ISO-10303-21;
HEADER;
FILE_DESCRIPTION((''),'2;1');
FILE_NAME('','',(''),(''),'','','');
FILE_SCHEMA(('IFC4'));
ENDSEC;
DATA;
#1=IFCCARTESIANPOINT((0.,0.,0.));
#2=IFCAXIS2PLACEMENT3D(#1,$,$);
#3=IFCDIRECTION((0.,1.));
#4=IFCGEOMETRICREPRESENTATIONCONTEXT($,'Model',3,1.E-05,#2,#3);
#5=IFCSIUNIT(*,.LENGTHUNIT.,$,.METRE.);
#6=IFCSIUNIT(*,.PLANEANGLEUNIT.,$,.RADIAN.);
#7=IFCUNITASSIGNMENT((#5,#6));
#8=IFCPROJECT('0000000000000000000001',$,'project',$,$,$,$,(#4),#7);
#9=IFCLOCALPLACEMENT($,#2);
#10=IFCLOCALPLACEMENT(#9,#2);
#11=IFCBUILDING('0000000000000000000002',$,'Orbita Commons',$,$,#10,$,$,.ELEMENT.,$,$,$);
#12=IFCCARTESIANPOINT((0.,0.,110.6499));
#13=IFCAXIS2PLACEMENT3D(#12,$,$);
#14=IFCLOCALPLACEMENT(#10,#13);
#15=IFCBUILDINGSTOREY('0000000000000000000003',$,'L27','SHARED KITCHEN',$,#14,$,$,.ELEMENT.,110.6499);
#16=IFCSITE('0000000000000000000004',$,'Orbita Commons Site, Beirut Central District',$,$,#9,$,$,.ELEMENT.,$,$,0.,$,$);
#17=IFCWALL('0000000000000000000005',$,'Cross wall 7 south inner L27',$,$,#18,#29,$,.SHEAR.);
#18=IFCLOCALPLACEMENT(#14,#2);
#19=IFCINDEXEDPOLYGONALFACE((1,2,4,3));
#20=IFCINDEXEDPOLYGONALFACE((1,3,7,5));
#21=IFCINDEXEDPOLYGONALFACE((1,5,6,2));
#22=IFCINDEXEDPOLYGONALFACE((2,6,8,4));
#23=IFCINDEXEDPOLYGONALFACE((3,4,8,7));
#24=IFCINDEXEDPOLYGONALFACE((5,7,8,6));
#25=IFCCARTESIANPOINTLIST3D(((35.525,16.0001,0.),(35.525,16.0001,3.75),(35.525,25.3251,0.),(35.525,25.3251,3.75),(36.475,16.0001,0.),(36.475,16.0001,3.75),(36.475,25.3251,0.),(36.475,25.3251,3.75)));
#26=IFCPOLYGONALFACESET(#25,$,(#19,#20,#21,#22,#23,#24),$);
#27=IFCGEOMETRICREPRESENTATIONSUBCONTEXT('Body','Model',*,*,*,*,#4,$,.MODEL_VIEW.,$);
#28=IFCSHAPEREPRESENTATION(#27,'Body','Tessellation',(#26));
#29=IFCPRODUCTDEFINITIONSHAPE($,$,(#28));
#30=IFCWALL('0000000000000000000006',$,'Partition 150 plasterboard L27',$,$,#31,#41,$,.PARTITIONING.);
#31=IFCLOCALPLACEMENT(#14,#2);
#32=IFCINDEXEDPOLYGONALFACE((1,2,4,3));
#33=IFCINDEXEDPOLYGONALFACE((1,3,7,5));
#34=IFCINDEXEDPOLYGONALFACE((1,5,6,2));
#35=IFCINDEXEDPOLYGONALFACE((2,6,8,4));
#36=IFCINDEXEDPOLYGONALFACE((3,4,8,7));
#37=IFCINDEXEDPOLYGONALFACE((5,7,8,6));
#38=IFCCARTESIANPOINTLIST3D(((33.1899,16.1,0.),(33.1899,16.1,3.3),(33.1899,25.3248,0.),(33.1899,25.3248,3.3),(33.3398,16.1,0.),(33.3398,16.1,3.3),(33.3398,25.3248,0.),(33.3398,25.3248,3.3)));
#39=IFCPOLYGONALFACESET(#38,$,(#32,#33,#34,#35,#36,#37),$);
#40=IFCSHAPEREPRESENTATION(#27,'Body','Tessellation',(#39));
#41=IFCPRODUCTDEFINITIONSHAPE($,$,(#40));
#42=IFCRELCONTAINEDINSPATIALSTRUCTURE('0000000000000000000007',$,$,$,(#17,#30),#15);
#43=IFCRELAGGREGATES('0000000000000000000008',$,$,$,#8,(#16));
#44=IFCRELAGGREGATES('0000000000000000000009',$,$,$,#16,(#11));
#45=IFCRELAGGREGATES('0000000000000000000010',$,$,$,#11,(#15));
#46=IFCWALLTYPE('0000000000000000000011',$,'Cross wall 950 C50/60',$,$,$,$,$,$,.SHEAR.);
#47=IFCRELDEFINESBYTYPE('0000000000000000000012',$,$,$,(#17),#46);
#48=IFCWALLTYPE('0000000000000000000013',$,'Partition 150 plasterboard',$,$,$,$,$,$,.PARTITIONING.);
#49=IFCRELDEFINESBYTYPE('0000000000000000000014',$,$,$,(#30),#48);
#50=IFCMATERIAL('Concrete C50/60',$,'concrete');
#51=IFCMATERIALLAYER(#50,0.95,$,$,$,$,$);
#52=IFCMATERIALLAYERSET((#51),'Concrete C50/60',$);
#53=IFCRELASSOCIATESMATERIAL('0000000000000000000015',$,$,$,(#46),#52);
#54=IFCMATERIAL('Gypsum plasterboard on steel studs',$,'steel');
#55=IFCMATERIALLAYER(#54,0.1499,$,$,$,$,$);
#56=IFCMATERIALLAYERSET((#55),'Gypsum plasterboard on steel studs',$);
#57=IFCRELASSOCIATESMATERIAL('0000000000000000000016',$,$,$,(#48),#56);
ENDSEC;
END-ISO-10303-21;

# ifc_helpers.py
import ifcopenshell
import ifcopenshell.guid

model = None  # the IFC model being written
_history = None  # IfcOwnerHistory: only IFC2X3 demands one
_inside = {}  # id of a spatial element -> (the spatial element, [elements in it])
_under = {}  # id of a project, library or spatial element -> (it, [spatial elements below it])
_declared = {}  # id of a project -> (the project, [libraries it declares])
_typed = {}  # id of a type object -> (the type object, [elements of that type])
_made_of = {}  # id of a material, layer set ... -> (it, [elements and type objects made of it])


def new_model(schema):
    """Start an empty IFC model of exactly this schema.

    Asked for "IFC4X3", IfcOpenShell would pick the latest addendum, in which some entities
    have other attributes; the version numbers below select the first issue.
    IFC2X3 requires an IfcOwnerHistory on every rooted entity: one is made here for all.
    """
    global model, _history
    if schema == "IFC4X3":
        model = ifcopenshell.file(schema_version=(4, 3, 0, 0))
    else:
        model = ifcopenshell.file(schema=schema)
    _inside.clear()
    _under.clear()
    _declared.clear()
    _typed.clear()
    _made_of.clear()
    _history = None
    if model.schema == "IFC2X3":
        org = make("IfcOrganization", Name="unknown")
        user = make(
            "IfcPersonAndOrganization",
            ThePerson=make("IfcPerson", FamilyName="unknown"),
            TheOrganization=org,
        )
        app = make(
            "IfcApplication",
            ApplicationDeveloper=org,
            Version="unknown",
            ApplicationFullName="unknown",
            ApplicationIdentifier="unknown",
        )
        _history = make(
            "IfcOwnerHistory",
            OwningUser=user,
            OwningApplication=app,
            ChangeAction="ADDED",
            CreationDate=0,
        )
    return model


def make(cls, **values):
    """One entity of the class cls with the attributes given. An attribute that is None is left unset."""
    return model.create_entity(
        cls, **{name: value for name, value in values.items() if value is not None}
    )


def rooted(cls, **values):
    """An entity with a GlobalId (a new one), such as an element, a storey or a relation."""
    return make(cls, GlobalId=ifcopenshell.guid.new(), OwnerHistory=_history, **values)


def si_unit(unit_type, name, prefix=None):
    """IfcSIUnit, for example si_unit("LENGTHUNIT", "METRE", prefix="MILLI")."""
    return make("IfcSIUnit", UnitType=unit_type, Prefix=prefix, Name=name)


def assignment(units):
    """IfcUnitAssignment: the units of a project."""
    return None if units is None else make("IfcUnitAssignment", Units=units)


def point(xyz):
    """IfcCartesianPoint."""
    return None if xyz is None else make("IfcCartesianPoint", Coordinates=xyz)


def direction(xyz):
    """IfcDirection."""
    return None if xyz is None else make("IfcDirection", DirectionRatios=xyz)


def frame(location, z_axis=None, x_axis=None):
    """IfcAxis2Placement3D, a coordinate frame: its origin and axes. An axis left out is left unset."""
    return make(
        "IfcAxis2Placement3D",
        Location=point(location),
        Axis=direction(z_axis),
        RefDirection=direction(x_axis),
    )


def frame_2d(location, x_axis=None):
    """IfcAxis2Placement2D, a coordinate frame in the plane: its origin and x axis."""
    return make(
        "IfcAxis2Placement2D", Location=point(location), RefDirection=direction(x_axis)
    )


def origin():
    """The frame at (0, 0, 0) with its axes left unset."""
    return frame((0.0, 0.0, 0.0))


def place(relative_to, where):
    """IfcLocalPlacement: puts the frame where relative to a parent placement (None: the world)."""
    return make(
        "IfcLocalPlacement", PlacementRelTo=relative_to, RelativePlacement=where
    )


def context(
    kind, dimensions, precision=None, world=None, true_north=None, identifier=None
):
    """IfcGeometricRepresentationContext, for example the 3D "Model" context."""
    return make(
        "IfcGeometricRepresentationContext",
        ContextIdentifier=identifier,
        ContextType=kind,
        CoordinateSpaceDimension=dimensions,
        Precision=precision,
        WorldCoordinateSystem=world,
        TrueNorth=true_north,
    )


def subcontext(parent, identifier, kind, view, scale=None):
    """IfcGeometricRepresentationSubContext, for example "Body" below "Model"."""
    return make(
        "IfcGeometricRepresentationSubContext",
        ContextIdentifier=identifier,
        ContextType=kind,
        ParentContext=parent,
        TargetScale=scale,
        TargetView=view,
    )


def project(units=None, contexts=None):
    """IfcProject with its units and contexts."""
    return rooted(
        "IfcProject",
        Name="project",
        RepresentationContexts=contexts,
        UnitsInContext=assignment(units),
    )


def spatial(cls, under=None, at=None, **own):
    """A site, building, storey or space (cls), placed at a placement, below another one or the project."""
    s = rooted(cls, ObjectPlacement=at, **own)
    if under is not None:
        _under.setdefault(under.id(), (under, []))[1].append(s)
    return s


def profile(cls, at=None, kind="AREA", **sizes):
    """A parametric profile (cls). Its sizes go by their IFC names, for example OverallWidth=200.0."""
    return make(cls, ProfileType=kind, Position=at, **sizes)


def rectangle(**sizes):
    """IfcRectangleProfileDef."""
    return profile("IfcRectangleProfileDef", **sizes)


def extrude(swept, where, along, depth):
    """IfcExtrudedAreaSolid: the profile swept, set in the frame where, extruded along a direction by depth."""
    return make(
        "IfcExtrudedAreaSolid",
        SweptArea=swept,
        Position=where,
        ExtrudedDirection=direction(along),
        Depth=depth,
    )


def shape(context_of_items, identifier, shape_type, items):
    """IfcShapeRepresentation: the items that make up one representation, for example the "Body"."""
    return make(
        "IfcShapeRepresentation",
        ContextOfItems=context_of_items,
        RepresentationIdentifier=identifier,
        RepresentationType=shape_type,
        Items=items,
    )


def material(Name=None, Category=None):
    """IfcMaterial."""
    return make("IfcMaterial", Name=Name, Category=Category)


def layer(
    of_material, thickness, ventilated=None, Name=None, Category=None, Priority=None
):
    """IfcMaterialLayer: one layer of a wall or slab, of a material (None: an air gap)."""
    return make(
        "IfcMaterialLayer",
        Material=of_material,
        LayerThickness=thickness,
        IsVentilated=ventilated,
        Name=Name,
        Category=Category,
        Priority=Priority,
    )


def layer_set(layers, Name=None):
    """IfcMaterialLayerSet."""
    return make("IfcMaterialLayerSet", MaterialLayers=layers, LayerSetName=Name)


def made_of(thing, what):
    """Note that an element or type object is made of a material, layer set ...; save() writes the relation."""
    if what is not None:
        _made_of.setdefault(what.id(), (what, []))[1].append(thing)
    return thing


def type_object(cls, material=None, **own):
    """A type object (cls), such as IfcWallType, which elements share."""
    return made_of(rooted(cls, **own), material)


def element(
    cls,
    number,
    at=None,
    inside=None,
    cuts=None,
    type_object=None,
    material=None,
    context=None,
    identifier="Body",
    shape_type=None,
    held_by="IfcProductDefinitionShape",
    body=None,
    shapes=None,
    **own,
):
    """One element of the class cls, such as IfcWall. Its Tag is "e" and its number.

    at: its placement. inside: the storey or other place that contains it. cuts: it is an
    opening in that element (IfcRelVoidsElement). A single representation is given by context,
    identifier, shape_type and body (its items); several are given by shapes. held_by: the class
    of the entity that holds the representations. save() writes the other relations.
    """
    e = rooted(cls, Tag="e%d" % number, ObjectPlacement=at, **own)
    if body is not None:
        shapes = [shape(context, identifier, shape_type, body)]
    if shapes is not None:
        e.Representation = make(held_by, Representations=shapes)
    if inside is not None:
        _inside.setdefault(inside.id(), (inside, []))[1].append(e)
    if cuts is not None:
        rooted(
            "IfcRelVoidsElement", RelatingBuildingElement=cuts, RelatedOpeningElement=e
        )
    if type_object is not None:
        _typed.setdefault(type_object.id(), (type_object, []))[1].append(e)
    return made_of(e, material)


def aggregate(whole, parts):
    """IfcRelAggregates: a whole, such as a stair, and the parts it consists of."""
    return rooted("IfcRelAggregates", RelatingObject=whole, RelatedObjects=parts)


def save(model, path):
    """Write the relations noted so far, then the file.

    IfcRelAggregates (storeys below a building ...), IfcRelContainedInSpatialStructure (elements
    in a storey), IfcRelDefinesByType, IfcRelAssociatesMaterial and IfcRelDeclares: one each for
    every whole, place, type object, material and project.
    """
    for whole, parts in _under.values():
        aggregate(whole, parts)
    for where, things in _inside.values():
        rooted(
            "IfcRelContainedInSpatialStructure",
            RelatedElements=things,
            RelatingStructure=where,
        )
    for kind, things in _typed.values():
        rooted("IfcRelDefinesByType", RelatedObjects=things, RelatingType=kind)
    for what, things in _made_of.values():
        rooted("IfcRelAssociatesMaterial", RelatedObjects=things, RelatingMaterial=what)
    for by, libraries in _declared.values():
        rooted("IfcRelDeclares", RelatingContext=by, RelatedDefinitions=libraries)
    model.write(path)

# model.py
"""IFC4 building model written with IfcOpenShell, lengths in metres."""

from ifc_helpers import new_model, si_unit, direction, frame, frame_2d, origin, place, context, subcontext, project, spatial, rectangle, extrude, material, layer, layer_set, type_object, element, save


model = new_model("IFC4")

# Units and contexts
model_context = context("Model", 3, precision=1e-05, world=origin(), true_north=direction((0.0, 1.0)))
body_context = subcontext(model_context, "Body", "Model", "MODEL_VIEW")
ifc_project = project(units=[si_unit("LENGTHUNIT", "METRE"), si_unit("PLANEANGLEUNIT", "RADIAN")], contexts=[model_context])

# Site, building, storey
site_placement = place(None, origin())
site = spatial("IfcSite", under=ifc_project, at=site_placement, Name="Orbita Commons Site, Beirut Central District", CompositionType="ELEMENT", RefElevation=0.0)
building_placement = place(site_placement, origin())
building = spatial("IfcBuilding", under=site, at=building_placement, Name="Orbita Commons", CompositionType="ELEMENT")
storey_placement = place(building_placement, frame((0.0, 0.0, 110.6499)))
storey = spatial("IfcBuildingStorey", under=building, at=storey_placement, Name="L27", Description="SHARED KITCHEN", CompositionType="ELEMENT", Elevation=110.6499)

# Walls
ifc_material_1 = material(Name="Concrete C50/60", Category="concrete")
ifc_layer_1 = layer(ifc_material_1, 0.95)
ifc_layer_set_1 = layer_set([ifc_layer_1], Name="Concrete C50/60")
wall_type_1 = type_object("IfcWallType", Name="Cross wall 950 C50/60", PredefinedType="SHEAR", material=ifc_layer_set_1)
for number, where, z_axis, x_axis, name in (
    (1, (36.0, 16.0, 0.0), (0.0, 0.0, 1.0), (0.0, 1.0, 0.0), "Cross wall 7 south inner L27"),
):
    element("IfcWall", number, at=place(storey_placement, frame(where, z_axis=z_axis, x_axis=x_axis)), inside=storey, type_object=wall_type_1, Name=name, PredefinedType="SHEAR", context=body_context, shape_type="SweptSolid", body=[
        extrude(rectangle(XDim=9.325, YDim=0.95, at=frame_2d((4.6626, 0.0))), origin(), (0.0, 0.0, 1.0), 3.75),
    ])
ifc_material_2 = material(Name="Gypsum plasterboard on steel studs", Category="steel")
ifc_layer_2 = layer(ifc_material_2, 0.1499)
ifc_layer_set_2 = layer_set([ifc_layer_2], Name="Gypsum plasterboard on steel studs")
wall_type_2 = type_object("IfcWallType", Name="Partition 150 plasterboard", PredefinedType="PARTITIONING", material=ifc_layer_set_2)
wall_1_placement = place(storey_placement, frame((33.2649, 16.1001, 0.0), z_axis=(0.0, 0.0, 1.0), x_axis=(0.0, 1.0, 0.0)))
element("IfcWall", 2, at=wall_1_placement, inside=storey, type_object=wall_type_2, Name="Partition 150 plasterboard L27", PredefinedType="PARTITIONING", context=body_context, shape_type="SweptSolid", body=[
    extrude(rectangle(XDim=9.2249, YDim=0.1499, at=frame_2d((4.6123, 0.0))), origin(), (0.0, 0.0, 1.0), 3.3),
])

save(model, "model.ifc")
